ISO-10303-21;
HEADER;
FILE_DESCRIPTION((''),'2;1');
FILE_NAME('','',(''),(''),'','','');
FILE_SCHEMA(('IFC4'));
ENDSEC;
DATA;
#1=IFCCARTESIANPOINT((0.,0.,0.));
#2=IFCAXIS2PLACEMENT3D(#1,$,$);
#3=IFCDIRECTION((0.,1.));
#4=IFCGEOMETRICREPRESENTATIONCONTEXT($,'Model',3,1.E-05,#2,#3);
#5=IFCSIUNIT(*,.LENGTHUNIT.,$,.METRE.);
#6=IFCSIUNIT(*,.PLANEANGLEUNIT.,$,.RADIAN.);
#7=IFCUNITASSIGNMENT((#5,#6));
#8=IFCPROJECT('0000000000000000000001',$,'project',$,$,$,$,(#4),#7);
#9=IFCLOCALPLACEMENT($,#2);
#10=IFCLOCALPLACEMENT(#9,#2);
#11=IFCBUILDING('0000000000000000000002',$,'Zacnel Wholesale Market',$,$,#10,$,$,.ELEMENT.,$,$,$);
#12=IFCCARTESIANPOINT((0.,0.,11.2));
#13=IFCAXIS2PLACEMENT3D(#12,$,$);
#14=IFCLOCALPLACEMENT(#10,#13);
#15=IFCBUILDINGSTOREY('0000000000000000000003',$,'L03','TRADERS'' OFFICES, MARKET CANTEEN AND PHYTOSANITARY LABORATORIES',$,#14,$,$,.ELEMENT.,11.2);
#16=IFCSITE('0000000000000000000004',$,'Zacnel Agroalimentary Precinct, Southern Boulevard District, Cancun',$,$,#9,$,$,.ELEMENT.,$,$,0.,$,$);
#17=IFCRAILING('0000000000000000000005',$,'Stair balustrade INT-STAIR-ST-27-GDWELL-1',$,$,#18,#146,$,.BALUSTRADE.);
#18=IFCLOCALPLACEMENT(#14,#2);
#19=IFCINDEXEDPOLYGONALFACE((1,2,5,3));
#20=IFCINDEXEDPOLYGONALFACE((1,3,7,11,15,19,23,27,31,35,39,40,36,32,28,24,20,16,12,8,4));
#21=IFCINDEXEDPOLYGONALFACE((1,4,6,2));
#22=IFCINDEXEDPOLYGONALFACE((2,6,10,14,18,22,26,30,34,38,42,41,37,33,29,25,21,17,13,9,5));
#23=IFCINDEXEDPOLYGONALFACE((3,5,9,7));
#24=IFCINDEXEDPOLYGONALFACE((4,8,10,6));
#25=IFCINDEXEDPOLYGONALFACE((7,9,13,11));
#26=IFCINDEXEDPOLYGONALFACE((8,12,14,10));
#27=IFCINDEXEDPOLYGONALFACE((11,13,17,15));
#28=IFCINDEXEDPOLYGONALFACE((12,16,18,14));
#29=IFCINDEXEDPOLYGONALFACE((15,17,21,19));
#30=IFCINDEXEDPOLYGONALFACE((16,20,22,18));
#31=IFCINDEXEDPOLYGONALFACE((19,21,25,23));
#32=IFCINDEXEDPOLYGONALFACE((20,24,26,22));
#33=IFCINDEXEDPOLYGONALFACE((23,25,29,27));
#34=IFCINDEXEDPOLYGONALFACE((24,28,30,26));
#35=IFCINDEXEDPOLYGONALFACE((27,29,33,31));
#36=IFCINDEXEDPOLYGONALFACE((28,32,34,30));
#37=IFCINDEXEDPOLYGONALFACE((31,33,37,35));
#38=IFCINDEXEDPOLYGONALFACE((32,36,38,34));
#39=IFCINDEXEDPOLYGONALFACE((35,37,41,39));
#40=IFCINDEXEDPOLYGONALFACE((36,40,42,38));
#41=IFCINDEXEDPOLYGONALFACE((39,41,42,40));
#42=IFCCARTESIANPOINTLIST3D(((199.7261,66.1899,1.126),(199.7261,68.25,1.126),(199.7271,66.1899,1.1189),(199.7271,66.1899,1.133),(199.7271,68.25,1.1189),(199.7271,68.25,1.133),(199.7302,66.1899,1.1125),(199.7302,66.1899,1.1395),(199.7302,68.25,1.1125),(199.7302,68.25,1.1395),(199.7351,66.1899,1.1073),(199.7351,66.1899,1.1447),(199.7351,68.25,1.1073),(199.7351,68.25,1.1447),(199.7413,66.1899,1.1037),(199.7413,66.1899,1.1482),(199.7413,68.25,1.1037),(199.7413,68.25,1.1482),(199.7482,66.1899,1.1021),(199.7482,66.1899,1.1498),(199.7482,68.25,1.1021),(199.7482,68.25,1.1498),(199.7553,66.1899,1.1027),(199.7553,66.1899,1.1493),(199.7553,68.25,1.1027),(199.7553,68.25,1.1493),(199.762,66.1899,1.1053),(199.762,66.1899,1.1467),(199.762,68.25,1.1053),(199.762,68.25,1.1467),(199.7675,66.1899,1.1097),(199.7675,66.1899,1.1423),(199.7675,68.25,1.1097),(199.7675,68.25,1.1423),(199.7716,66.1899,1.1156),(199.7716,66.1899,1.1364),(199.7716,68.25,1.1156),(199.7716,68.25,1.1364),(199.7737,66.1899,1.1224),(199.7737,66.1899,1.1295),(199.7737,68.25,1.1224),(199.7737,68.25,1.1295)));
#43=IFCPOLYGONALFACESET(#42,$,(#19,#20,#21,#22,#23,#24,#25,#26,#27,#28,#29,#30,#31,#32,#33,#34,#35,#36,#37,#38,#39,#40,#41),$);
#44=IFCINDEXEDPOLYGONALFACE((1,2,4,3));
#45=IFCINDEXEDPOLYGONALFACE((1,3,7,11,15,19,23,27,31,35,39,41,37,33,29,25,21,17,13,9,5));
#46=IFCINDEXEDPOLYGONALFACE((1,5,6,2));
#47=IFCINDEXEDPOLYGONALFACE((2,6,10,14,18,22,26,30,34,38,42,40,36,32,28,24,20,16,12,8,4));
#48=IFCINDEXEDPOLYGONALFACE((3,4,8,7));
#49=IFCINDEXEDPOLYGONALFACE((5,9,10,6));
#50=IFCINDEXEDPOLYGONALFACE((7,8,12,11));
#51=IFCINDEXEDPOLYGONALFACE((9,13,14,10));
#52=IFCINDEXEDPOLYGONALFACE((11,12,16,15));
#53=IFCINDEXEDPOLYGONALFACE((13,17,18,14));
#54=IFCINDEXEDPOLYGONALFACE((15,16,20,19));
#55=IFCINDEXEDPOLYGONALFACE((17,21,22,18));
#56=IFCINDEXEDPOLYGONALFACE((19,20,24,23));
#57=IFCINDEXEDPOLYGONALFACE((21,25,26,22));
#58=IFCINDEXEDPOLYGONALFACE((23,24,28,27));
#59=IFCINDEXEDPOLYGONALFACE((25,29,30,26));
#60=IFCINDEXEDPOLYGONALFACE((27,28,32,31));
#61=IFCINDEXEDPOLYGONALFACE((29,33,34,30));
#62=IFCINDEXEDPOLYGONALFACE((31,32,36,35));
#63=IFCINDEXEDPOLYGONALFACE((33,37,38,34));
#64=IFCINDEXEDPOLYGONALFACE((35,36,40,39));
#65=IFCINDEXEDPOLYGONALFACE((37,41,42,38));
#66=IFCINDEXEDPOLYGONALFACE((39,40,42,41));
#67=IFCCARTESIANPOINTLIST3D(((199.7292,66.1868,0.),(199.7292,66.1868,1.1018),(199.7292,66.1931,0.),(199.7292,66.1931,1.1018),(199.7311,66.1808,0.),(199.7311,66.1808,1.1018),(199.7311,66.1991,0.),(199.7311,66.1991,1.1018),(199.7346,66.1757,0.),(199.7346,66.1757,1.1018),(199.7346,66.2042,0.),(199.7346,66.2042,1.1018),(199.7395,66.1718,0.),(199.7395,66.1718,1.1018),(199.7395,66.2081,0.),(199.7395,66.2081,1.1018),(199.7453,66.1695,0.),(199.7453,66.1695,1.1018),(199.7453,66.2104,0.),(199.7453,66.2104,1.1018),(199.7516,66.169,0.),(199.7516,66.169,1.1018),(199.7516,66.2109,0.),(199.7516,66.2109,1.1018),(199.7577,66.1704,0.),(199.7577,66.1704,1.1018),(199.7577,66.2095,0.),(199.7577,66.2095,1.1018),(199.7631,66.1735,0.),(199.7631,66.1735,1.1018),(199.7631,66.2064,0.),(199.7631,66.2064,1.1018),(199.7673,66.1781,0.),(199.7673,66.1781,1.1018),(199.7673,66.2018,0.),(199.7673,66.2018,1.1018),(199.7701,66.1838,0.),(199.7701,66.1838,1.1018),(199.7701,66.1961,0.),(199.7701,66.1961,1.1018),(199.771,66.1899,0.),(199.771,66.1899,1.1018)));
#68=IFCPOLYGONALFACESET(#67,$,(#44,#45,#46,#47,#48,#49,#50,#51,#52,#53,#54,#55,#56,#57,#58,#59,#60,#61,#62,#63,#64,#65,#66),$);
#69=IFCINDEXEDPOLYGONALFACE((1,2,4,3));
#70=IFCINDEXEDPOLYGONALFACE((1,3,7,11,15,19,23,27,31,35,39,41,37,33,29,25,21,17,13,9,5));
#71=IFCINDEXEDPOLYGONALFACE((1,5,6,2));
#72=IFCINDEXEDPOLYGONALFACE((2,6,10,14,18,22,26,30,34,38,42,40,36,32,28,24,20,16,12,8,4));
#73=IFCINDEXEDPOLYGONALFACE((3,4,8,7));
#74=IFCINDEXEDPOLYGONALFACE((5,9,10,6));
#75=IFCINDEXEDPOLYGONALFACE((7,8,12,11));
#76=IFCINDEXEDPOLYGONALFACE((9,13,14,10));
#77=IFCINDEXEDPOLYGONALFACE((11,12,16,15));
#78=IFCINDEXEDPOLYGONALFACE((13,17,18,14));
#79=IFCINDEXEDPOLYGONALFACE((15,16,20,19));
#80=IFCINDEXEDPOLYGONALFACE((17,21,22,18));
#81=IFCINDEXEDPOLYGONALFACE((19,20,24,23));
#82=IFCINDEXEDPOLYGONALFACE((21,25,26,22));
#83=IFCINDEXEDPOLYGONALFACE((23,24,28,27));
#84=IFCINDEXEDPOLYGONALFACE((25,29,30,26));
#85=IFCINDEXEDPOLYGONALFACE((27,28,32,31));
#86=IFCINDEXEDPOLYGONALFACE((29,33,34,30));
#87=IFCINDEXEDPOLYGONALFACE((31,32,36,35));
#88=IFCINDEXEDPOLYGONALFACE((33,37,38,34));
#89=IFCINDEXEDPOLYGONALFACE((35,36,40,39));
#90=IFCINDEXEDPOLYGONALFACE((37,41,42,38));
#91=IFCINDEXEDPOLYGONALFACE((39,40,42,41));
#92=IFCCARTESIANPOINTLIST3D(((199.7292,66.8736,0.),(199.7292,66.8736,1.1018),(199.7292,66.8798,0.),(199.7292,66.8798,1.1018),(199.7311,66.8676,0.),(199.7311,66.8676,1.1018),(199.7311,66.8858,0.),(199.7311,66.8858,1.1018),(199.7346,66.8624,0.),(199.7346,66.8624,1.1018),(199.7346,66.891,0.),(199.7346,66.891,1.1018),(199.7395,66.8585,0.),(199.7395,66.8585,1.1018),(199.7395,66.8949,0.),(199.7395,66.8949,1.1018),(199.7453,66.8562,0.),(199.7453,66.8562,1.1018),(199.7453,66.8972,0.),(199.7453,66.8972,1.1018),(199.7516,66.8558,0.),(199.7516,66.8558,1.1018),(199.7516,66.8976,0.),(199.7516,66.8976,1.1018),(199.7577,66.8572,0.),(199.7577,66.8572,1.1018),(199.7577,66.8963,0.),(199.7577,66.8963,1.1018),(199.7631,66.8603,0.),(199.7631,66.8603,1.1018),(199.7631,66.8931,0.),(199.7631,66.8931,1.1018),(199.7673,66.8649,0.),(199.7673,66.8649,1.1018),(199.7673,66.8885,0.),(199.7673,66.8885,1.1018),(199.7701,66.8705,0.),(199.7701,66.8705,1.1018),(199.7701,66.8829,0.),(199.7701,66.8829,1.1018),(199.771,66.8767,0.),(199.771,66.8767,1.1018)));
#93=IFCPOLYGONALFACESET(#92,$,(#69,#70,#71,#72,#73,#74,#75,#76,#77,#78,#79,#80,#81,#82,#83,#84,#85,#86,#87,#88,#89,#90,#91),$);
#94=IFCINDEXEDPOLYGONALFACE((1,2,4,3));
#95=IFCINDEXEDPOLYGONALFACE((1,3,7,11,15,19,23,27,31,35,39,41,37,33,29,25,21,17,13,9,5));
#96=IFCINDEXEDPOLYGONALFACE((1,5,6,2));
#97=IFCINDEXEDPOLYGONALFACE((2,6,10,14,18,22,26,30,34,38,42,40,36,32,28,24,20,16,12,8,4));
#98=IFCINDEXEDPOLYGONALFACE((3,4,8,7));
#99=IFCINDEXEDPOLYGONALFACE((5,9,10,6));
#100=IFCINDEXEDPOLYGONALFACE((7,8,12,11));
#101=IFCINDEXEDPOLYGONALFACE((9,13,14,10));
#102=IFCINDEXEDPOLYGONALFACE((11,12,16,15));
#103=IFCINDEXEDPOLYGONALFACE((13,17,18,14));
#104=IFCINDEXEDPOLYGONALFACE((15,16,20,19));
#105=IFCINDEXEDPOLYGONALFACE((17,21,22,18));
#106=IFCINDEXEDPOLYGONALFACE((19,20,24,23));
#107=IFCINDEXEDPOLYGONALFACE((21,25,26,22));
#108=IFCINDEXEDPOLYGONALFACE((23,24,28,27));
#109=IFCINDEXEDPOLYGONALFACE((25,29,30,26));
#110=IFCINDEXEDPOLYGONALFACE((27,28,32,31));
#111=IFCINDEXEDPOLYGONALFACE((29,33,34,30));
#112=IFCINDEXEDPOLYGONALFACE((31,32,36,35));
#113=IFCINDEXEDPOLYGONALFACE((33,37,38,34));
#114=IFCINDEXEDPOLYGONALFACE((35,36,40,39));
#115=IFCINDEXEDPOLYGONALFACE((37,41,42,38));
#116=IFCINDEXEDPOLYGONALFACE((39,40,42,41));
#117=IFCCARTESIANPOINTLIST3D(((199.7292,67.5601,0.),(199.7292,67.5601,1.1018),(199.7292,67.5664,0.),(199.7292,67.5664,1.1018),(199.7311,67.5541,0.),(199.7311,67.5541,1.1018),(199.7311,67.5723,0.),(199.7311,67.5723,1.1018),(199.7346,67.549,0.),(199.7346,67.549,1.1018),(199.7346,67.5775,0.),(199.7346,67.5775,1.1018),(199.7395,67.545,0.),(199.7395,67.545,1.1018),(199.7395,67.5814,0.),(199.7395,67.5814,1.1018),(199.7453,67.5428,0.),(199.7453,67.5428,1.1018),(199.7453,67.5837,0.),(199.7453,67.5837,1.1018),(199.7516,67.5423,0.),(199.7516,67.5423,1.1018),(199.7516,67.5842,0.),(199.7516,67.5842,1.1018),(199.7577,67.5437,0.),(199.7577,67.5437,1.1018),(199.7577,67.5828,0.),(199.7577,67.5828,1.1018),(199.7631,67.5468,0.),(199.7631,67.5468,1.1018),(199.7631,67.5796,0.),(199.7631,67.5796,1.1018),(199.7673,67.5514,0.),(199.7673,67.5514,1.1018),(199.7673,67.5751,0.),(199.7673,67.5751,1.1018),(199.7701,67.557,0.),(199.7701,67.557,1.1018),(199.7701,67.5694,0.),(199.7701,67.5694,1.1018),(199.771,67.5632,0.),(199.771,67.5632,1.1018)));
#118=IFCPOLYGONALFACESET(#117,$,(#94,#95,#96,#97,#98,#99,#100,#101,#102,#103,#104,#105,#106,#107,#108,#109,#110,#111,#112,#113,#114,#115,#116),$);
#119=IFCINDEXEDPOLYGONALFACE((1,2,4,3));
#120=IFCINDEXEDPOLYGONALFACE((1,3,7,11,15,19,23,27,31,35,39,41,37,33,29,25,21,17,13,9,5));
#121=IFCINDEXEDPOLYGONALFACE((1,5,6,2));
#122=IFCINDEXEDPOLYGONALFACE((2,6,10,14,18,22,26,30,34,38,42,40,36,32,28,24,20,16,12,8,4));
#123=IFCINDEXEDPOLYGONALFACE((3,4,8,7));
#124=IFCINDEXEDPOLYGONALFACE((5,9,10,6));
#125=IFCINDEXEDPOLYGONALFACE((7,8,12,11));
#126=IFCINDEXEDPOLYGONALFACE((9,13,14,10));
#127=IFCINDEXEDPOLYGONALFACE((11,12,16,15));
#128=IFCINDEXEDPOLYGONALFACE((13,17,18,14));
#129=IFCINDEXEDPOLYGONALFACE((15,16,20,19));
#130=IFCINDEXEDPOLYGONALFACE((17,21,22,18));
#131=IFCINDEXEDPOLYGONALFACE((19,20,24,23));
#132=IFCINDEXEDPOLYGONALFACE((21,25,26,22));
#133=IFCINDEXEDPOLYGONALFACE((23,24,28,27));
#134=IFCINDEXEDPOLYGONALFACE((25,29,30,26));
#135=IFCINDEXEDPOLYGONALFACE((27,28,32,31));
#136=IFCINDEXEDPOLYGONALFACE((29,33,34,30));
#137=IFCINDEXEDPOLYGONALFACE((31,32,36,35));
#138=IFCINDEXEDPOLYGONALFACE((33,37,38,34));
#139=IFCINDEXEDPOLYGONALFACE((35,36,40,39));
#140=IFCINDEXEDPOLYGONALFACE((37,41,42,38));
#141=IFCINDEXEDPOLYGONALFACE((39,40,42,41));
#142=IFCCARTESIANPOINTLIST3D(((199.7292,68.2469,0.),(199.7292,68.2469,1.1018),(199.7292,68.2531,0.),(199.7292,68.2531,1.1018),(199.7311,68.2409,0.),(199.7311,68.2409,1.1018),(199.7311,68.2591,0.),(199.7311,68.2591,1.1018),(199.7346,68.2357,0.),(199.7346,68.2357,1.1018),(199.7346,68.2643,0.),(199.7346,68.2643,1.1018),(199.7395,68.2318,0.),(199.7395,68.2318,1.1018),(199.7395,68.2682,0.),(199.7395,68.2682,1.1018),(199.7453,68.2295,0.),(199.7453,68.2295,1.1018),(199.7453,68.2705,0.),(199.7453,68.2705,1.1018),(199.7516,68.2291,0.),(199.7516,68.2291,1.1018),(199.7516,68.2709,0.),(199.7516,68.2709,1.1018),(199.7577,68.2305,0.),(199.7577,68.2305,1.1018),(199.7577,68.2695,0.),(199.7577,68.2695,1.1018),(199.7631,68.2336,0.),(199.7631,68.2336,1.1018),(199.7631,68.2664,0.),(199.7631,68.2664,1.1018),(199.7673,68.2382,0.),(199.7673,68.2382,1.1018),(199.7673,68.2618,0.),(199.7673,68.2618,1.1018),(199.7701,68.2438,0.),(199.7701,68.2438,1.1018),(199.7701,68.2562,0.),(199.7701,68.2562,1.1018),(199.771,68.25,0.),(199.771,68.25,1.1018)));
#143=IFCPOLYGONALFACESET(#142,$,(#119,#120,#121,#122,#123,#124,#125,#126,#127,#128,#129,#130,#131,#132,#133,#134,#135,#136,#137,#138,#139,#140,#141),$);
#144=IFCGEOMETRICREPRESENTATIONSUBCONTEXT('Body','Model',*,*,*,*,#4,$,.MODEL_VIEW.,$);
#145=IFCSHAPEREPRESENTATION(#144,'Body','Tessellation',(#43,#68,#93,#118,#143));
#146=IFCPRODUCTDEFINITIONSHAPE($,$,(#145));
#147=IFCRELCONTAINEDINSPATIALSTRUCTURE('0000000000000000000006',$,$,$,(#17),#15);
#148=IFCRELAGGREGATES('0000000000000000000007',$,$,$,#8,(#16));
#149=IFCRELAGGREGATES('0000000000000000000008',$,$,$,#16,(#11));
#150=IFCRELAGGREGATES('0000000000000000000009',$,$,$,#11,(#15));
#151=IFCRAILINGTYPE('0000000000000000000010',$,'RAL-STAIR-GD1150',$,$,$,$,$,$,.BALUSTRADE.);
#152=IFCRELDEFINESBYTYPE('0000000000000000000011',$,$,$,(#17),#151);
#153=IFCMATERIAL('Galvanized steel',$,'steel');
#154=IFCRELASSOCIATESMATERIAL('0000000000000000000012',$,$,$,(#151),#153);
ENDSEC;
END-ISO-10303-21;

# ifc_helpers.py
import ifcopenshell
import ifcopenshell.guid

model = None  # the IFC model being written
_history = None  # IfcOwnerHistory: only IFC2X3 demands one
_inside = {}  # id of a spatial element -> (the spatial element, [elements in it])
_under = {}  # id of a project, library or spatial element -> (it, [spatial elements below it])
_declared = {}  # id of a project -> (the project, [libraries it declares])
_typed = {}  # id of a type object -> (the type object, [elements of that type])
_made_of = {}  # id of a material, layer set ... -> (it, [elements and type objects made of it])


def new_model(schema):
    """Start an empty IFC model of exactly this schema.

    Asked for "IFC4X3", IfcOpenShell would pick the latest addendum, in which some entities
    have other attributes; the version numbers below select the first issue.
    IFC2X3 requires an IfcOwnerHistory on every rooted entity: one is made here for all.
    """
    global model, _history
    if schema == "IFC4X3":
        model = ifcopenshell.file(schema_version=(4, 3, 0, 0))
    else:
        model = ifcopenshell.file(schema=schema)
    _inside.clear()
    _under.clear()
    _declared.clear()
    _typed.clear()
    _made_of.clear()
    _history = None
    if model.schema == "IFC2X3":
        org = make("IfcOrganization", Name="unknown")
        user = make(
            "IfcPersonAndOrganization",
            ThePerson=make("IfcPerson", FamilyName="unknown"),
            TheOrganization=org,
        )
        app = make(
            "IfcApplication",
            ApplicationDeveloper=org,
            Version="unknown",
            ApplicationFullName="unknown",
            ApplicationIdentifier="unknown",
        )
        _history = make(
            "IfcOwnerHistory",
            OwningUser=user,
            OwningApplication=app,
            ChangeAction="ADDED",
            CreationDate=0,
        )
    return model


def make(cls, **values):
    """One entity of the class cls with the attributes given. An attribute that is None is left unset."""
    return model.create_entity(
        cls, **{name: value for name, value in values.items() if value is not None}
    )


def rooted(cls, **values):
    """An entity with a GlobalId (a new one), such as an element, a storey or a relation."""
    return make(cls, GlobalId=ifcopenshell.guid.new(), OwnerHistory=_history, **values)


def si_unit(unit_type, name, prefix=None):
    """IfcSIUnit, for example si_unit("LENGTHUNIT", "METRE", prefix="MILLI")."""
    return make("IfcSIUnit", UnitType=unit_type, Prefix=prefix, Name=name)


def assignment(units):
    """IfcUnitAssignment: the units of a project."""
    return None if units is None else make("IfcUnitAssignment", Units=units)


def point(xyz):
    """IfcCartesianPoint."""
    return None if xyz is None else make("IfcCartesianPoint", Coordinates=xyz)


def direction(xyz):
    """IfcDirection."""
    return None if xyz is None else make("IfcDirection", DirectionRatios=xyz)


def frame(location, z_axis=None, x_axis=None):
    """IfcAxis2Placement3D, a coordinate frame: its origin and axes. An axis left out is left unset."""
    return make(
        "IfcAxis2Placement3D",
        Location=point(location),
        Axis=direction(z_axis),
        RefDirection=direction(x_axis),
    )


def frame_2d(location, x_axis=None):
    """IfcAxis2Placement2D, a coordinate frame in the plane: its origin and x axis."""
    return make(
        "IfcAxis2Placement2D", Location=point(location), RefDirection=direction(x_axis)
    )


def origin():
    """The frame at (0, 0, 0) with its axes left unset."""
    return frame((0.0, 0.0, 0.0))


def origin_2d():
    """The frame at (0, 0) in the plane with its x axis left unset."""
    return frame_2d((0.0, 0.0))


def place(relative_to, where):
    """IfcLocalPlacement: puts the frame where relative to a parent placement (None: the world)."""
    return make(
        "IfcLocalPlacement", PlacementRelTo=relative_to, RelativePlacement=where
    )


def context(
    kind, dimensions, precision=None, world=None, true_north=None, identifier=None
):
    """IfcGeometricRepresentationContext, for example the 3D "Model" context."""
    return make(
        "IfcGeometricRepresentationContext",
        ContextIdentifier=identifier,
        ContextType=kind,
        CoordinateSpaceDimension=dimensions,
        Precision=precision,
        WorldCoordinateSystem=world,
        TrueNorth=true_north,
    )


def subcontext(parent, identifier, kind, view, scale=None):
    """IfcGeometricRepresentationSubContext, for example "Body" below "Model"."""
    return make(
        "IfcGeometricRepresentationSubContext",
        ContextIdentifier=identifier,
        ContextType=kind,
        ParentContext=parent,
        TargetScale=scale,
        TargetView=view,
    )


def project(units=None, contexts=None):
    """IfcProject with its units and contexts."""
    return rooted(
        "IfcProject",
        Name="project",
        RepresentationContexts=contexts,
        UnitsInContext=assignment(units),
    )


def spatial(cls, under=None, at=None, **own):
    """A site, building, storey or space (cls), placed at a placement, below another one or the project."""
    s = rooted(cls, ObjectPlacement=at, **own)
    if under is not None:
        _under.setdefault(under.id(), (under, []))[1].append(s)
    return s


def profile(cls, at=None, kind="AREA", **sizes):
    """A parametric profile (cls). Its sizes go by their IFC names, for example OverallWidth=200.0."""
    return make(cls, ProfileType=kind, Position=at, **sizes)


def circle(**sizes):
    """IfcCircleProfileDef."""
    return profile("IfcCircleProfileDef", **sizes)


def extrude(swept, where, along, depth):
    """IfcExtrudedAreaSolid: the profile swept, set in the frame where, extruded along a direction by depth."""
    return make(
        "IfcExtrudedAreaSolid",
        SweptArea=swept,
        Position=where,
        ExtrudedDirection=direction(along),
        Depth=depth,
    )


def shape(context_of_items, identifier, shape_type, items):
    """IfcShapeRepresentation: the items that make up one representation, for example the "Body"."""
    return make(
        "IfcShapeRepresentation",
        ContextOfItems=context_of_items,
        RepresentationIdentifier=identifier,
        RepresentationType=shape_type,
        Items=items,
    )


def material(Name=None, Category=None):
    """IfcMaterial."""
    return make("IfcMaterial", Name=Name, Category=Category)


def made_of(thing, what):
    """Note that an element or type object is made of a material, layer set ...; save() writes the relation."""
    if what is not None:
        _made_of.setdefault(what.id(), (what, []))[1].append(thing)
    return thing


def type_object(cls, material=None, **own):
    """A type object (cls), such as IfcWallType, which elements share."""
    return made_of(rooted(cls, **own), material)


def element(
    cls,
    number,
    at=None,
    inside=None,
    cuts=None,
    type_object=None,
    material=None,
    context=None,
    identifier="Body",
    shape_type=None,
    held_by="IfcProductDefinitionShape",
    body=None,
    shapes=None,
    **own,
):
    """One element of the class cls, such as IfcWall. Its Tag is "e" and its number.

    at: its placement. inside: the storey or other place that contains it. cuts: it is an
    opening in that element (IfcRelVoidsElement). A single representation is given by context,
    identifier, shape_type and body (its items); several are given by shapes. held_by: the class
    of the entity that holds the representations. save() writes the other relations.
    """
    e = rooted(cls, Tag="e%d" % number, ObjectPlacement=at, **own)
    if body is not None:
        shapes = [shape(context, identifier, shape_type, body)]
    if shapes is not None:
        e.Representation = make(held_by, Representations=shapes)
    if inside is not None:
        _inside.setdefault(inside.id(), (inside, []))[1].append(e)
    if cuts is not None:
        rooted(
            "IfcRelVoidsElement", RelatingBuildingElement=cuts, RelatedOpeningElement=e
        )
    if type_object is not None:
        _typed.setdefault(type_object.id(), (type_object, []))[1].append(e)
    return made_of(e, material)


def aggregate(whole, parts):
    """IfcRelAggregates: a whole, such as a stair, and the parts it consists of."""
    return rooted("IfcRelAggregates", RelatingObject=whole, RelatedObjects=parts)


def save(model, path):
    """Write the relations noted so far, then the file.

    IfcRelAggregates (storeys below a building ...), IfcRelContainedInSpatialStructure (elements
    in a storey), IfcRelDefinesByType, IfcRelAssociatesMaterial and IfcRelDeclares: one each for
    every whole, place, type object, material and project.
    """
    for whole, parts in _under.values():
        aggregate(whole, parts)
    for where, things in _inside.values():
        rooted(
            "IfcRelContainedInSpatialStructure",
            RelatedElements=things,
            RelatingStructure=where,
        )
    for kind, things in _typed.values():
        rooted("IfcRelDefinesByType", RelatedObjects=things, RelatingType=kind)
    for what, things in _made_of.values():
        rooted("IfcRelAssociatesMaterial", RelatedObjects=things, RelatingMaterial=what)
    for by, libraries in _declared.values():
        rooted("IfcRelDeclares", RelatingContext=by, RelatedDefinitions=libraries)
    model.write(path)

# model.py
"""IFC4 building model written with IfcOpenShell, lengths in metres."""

from ifc_helpers import new_model, si_unit, direction, frame, origin, origin_2d, place, context, subcontext, project, spatial, circle, extrude, material, type_object, element, save


model = new_model("IFC4")

# Units and contexts
model_context = context("Model", 3, precision=1e-05, world=origin(), true_north=direction((0.0, 1.0)))
body_context = subcontext(model_context, "Body", "Model", "MODEL_VIEW")
ifc_project = project(units=[si_unit("LENGTHUNIT", "METRE"), si_unit("PLANEANGLEUNIT", "RADIAN")], contexts=[model_context])

# Site, building, storey
site_placement = place(None, origin())
site = spatial("IfcSite", under=ifc_project, at=site_placement, Name="Zacnel Agroalimentary Precinct, Southern Boulevard District, Cancun", CompositionType="ELEMENT", RefElevation=0.0)
building_placement = place(site_placement, origin())
building = spatial("IfcBuilding", under=site, at=building_placement, Name="Zacnel Wholesale Market", CompositionType="ELEMENT")
storey_placement = place(building_placement, frame((0.0, 0.0, 11.2)))
storey = spatial("IfcBuildingStorey", under=building, at=storey_placement, Name="L03", Description="TRADERS' OFFICES, MARKET CANTEEN AND PHYTOSANITARY LABORATORIES", CompositionType="ELEMENT", Elevation=11.2)

# Railing
ifc_material_1 = material(Name="Galvanized steel", Category="steel")
railing_type_1 = type_object("IfcRailingType", Name="RAL-STAIR-GD1150", PredefinedType="BALUSTRADE", material=ifc_material_1)
railing_1_placement = place(storey_placement, frame((199.75, 66.1899, 0.0)))
element("IfcRailing", 1, at=railing_1_placement, inside=storey, type_object=railing_type_1, Name="Stair balustrade INT-STAIR-ST-27-GDWELL-1", PredefinedType="BALUSTRADE", context=body_context, shape_type="SweptSolid", body=[
    extrude(circle(Radius=0.0239, at=origin_2d()), frame((0.0, 0.0, 1.126), z_axis=(0.0, 1.0, 0.0), x_axis=(-1.0, 0.0, 0.0)), (0.0, 0.0, 1.0), 2.0601),
    extrude(circle(Radius=0.021, at=origin_2d()), origin(), (0.0, 0.0, 1.0), 1.1018),
    extrude(circle(Radius=0.021, at=origin_2d()), frame((0.0, 0.6868, 0.0)), (0.0, 0.0, 1.0), 1.1018),
    extrude(circle(Radius=0.021, at=origin_2d()), frame((0.0, 1.3733, 0.0)), (0.0, 0.0, 1.0), 1.1018),
    extrude(circle(Radius=0.021, at=origin_2d()), frame((0.0, 2.0601, 0.0)), (0.0, 0.0, 1.0), 1.1018),
])

save(model, "model.ifc")
